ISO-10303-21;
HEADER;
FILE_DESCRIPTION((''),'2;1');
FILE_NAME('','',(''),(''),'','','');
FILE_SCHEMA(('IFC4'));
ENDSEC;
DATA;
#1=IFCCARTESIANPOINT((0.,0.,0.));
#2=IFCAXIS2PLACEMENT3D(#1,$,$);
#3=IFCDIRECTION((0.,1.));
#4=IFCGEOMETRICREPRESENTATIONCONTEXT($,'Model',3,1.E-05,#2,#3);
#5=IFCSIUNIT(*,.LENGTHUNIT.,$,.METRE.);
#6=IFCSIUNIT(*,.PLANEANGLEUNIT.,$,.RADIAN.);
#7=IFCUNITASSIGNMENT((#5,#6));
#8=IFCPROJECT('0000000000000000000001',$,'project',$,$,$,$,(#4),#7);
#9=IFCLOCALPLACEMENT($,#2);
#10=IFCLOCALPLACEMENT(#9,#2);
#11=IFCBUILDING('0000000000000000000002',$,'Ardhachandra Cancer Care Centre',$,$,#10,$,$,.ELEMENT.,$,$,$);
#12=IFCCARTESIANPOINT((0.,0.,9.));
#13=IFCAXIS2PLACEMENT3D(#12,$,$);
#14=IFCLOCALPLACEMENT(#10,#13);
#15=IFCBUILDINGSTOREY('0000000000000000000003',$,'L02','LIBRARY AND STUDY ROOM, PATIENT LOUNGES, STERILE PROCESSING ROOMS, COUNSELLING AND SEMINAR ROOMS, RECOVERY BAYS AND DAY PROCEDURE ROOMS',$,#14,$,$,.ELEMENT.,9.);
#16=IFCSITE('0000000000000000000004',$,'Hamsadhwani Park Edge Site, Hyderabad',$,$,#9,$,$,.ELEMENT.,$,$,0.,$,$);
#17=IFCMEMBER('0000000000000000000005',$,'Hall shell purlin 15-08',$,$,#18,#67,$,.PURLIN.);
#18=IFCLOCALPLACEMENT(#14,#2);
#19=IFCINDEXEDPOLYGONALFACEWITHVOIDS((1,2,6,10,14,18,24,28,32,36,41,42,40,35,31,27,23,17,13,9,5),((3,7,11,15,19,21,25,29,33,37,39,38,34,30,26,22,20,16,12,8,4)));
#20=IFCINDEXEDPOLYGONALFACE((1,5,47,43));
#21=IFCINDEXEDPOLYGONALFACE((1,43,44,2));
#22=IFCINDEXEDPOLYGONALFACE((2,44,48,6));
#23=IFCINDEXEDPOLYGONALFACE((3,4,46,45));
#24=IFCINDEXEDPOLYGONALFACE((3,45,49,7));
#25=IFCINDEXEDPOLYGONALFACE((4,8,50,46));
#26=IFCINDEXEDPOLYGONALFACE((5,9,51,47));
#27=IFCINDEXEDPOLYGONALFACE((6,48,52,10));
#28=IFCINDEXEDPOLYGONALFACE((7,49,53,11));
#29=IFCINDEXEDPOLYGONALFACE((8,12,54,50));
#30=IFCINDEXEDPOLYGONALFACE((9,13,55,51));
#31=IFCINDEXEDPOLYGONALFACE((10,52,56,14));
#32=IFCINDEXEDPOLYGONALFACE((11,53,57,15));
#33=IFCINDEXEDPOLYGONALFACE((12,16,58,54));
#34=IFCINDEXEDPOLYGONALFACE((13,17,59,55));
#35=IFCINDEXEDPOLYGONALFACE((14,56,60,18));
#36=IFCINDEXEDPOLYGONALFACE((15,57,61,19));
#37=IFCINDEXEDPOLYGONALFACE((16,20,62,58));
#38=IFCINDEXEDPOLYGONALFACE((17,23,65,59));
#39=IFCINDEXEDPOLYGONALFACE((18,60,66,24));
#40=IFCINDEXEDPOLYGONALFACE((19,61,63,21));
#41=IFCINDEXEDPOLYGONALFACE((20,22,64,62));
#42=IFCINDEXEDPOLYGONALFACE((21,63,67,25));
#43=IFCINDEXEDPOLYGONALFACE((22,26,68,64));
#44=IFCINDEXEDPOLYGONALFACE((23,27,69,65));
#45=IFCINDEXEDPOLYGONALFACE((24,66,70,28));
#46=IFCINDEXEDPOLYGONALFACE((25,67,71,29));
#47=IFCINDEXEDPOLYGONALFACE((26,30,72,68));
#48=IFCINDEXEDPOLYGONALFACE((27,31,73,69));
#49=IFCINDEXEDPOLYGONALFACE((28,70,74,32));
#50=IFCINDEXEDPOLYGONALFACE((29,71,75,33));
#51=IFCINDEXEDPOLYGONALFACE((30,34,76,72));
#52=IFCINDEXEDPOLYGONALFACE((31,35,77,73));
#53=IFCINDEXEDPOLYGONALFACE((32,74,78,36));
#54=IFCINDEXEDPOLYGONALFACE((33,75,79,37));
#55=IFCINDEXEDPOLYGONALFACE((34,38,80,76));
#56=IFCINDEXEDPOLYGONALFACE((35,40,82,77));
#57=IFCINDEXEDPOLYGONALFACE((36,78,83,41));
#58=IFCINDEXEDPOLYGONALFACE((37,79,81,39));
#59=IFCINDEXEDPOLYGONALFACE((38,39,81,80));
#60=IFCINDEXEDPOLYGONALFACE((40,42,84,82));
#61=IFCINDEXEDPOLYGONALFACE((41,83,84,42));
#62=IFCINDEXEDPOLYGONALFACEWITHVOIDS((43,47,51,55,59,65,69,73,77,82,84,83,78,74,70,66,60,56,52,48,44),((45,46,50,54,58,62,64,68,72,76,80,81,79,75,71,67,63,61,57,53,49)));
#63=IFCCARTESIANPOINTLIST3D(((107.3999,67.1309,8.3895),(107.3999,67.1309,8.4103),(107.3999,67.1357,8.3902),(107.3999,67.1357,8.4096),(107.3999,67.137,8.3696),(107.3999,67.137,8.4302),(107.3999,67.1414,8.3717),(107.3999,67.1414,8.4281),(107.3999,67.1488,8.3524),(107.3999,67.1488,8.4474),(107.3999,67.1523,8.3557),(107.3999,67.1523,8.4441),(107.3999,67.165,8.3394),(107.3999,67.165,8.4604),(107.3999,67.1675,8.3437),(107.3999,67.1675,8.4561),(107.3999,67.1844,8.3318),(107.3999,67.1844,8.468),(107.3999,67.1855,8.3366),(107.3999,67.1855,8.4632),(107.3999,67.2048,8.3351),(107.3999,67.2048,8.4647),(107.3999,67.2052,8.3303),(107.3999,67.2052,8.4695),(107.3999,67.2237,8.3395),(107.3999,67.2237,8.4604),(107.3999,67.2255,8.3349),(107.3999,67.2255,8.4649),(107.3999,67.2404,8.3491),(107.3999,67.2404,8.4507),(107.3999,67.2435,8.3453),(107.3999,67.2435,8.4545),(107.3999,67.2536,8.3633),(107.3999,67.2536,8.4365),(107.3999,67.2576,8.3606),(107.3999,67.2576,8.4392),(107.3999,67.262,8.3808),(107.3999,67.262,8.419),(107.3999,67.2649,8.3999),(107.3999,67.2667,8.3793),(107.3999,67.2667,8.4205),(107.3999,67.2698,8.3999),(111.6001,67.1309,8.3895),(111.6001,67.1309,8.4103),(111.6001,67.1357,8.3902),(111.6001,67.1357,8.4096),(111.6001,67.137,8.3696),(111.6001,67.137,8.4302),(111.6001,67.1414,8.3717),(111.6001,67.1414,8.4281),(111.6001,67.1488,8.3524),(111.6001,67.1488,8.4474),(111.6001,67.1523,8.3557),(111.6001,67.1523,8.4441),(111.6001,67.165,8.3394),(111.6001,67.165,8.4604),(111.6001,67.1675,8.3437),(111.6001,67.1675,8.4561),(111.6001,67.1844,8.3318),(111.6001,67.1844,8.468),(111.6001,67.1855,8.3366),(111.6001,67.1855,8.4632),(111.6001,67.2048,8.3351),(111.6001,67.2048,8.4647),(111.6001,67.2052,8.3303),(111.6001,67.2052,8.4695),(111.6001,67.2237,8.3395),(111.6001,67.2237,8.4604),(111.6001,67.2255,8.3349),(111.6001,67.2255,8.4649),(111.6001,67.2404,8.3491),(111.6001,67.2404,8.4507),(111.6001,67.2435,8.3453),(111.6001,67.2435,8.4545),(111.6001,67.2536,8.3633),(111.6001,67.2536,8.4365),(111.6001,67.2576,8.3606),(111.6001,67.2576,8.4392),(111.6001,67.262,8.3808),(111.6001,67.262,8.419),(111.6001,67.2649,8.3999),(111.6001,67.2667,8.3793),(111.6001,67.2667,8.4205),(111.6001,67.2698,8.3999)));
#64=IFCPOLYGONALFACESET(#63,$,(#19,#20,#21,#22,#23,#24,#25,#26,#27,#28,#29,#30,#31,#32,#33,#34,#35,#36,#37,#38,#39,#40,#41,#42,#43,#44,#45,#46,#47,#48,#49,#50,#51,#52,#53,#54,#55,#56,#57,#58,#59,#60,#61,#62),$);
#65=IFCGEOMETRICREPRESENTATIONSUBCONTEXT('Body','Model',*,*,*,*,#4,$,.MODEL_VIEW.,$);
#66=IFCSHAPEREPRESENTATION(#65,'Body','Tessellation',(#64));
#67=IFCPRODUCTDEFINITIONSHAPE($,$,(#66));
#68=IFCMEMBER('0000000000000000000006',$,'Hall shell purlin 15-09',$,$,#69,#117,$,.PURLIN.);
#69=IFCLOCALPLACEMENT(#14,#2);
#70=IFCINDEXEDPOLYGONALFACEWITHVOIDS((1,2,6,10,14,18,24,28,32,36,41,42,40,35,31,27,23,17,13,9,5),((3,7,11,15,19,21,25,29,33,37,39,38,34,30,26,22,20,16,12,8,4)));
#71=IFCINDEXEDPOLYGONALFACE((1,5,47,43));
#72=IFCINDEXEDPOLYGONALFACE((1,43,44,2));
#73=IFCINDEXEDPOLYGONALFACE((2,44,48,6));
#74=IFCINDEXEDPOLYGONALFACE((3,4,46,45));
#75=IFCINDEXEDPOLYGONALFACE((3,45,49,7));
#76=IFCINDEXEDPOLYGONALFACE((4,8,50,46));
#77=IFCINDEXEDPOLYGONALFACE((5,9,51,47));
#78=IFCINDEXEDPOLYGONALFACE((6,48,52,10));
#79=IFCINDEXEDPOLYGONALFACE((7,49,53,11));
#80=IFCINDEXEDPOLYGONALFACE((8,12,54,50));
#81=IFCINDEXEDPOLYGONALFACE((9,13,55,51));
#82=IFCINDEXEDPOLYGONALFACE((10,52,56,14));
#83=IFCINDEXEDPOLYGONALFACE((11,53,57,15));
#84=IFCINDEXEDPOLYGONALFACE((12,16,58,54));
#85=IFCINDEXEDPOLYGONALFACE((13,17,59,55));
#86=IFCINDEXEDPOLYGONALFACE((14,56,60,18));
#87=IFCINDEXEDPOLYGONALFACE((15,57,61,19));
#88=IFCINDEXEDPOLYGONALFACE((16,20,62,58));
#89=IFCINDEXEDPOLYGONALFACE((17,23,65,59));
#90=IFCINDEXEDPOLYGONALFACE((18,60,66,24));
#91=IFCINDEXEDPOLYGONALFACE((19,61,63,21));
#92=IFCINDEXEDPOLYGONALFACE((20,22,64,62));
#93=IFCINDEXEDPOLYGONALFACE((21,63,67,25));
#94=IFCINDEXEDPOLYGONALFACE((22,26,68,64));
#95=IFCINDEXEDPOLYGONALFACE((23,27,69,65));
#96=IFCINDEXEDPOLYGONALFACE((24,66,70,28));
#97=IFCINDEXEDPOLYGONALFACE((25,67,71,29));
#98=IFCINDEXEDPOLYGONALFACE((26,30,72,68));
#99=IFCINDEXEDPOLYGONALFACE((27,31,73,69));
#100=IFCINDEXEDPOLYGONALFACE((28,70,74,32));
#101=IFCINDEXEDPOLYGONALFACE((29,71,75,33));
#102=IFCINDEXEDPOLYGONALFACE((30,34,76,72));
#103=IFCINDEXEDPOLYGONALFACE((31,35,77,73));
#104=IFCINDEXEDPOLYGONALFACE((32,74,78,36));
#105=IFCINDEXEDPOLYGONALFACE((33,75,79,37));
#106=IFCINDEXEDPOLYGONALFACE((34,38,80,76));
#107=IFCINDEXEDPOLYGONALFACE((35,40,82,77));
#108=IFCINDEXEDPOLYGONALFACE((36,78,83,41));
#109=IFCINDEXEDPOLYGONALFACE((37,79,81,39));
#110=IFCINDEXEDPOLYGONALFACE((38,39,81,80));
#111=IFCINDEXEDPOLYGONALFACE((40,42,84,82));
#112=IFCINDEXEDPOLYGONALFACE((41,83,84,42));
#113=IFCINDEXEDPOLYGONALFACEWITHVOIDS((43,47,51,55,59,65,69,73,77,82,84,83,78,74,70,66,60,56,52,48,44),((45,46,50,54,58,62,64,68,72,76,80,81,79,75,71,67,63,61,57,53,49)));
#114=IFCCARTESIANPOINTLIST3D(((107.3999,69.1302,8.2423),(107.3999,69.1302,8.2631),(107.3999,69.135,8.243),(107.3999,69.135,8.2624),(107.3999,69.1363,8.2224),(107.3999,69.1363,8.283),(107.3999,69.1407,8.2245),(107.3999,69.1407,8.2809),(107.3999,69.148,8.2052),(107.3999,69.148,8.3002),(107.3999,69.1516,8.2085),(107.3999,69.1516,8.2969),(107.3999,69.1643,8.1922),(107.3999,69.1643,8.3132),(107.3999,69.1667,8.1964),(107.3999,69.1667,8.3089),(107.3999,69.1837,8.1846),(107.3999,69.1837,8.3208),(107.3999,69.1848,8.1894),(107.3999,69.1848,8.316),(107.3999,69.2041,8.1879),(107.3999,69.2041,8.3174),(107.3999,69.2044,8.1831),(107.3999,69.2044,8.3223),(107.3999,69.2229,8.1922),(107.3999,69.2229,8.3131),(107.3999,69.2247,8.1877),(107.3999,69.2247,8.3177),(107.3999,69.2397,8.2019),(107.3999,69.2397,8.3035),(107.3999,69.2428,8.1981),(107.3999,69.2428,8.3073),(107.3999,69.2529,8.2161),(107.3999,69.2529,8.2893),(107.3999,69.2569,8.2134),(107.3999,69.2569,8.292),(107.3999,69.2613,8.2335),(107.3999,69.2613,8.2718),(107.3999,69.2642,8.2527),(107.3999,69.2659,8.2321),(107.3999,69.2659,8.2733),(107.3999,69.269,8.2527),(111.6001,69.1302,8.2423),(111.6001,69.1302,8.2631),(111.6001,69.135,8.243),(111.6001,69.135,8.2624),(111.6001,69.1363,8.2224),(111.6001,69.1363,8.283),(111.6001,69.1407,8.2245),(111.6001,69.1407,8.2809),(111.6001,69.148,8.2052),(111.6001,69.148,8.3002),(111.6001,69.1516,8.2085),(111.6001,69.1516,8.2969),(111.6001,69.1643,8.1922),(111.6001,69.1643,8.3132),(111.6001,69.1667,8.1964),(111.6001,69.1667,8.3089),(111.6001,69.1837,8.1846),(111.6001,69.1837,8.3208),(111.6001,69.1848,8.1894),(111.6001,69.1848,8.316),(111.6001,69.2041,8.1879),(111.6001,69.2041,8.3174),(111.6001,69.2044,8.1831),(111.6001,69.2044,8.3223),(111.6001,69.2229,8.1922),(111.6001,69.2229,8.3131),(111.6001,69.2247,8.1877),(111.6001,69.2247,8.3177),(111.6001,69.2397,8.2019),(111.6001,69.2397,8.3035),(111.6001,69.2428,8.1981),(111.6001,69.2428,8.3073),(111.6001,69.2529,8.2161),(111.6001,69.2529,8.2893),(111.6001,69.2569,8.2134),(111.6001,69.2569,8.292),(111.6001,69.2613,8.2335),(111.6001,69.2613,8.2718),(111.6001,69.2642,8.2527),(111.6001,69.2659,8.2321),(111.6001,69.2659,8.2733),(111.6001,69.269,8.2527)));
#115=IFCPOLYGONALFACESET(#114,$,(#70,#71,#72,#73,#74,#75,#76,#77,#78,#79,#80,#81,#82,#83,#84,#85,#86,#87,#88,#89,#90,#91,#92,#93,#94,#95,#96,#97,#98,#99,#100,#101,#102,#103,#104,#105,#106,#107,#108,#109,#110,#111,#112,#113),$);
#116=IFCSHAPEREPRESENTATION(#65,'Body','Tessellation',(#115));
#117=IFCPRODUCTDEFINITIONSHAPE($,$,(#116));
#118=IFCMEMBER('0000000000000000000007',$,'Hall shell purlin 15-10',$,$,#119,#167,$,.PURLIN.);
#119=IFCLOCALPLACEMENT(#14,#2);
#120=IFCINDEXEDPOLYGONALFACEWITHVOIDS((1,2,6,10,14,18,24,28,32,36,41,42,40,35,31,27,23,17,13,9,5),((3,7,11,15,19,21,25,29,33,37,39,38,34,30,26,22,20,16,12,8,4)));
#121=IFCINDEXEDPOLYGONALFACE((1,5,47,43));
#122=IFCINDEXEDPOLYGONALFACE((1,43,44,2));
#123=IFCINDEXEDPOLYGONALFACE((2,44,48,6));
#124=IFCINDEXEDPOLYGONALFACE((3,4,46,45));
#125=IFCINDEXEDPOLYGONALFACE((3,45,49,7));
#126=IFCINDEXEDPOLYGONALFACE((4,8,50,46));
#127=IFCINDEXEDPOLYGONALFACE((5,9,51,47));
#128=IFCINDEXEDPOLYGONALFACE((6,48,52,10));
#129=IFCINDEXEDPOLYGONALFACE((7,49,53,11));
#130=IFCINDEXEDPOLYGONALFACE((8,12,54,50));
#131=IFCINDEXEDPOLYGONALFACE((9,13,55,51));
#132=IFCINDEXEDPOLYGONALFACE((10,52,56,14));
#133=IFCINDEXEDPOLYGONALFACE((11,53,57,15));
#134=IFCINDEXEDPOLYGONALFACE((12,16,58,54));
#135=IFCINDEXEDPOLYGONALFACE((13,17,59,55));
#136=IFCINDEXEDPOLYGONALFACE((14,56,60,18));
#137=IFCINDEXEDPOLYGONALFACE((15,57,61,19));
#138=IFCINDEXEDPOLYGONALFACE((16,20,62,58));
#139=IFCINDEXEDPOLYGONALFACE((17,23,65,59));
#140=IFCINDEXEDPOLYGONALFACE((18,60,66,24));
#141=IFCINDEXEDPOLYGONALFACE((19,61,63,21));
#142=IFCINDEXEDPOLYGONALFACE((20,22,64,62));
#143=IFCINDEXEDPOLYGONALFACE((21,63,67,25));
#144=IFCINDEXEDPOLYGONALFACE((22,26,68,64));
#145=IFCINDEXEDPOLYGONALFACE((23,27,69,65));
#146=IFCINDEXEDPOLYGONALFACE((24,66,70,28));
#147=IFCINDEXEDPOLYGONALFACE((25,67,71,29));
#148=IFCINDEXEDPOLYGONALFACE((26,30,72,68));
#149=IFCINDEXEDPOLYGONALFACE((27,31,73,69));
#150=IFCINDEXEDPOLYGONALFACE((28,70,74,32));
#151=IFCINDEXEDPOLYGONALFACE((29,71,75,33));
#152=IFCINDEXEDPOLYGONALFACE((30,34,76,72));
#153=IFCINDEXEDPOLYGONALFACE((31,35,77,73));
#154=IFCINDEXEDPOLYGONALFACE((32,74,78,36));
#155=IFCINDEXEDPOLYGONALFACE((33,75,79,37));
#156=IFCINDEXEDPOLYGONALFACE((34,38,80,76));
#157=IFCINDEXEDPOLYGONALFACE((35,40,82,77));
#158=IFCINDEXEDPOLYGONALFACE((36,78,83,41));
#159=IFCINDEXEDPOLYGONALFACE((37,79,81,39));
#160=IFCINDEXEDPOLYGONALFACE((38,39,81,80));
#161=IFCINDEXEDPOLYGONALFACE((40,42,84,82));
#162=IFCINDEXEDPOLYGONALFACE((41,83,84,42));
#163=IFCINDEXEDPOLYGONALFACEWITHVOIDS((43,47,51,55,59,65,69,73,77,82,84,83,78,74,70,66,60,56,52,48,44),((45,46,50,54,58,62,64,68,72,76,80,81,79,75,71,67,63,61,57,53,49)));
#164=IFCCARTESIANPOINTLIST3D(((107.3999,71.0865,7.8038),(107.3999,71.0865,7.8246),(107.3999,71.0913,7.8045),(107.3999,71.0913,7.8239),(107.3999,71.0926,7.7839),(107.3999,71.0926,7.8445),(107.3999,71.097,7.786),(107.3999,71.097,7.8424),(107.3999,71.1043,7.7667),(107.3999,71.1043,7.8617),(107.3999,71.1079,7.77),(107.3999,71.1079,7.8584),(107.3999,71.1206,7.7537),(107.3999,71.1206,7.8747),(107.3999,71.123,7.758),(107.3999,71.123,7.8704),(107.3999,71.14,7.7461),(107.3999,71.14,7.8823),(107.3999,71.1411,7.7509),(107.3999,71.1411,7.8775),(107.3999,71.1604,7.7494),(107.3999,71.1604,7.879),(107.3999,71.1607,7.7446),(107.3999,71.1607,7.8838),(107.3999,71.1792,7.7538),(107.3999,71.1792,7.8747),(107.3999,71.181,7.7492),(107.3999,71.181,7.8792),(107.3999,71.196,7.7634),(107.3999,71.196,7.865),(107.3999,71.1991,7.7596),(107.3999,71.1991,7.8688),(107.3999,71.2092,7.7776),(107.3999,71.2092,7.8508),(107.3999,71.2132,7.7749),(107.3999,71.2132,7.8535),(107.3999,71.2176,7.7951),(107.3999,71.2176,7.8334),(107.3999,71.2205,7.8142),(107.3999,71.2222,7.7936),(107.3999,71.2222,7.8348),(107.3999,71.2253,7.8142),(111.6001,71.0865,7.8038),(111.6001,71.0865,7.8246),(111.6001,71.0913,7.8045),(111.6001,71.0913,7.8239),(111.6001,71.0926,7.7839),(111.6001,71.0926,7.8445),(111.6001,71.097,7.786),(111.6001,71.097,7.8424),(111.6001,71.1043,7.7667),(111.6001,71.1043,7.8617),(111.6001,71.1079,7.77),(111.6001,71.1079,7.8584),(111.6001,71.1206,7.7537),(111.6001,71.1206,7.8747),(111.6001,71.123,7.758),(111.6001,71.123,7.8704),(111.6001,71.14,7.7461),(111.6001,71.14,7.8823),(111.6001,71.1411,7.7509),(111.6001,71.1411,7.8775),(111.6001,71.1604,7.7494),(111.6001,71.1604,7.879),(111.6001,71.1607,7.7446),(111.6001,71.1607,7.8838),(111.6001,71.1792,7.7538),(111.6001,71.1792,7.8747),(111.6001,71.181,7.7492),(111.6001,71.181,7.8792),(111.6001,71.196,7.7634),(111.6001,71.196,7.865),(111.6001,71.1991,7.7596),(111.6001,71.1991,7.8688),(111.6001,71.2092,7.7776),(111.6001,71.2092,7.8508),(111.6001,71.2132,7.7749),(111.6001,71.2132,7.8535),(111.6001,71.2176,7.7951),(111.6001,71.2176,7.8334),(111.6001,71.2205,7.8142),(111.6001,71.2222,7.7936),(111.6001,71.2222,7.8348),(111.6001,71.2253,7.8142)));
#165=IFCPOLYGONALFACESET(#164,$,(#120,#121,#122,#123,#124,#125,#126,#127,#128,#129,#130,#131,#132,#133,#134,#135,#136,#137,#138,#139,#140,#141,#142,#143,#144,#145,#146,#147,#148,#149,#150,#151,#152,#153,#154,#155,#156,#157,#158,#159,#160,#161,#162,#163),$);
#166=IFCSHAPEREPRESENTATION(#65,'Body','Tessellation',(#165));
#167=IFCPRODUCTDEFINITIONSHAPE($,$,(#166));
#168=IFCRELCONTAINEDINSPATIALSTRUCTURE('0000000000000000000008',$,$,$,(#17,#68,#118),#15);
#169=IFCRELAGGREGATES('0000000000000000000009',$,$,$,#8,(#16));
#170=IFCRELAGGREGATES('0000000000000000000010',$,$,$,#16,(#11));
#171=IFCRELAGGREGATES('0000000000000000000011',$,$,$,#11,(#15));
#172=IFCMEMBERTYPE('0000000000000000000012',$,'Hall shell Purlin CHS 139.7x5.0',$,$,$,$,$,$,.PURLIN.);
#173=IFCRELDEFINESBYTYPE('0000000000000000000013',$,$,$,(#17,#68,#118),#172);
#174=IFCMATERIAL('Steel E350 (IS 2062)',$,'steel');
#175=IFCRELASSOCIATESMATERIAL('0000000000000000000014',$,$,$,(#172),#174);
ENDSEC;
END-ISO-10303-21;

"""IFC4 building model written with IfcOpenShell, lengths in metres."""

from ifc_helpers import new_model, si_unit, direction, frame, origin, origin_2d, place, context, subcontext, project, spatial, hollow_circle, extrude, material, material_profile, profile_set, type_object, element, save


model = new_model("IFC4")

# Units and contexts
model_context = context("Model", 3, precision=1e-05, world=origin(), true_north=direction((0.0, 1.0)))
body_context = subcontext(model_context, "Body", "Model", "MODEL_VIEW")
ifc_project = project(units=[si_unit("LENGTHUNIT", "METRE"), si_unit("PLANEANGLEUNIT", "RADIAN")], contexts=[model_context])

# Site, building, storey
site_placement = place(None, origin())
site = spatial("IfcSite", under=ifc_project, at=site_placement, Name="Hamsadhwani Park Edge Site, Hyderabad", CompositionType="ELEMENT", RefElevation=0.0)
building_placement = place(site_placement, origin())
building = spatial("IfcBuilding", under=site, at=building_placement, Name="Ardhachandra Cancer Care Centre", CompositionType="ELEMENT")
storey_placement = place(building_placement, frame((0.0, 0.0, 9.0)))
storey = spatial("IfcBuildingStorey", under=building, at=storey_placement, Name="L02", Description="LIBRARY AND STUDY ROOM, PATIENT LOUNGES, STERILE PROCESSING ROOMS, COUNSELLING AND SEMINAR ROOMS, RECOVERY BAYS AND DAY PROCEDURE ROOMS", CompositionType="ELEMENT", Elevation=9.0)

# Members
ifc_material_1 = material(Name="Steel E350 (IS 2062)", Category="steel")
ifc_material_profile_1 = material_profile(ifc_material_1, hollow_circle(Radius=0.0698, WallThickness=0.0049, at=origin_2d()), Name="CHS 139.7x5.0")
ifc_profile_set_1 = profile_set([ifc_material_profile_1], Name="Steel E350 (IS 2062)")
member_type_1 = type_object("IfcMemberType", Name="Hall shell Purlin CHS 139.7x5.0", PredefinedType="PURLIN", material=ifc_profile_set_1)
for number, where, z_axis, x_axis, name in (
    (1, (107.3999, 67.2, 8.3999), (1.0, 0.0, 0.0), (0.0, 1.0, 0.0), "Hall shell purlin 15-08"),
    (2, (107.3999, 69.1992, 8.2527), (1.0, 0.0, 0.0), (0.0, 1.0, 0.0), "Hall shell purlin 15-09"),
    (3, (107.3999, 71.1555, 7.8142), (1.0, 0.0, 0.0), (0.0, 1.0, 0.0), "Hall shell purlin 15-10"),
):
    element("IfcMember", number, at=place(storey_placement, frame(where, z_axis=z_axis, x_axis=x_axis)), inside=storey, type_object=member_type_1, Name=name, PredefinedType="PURLIN", context=body_context, shape_type="SweptSolid", body=[
        extrude(hollow_circle(Radius=0.0698, WallThickness=0.0049, at=origin_2d()), origin(), (0.0, 0.0, 1.0), 4.2002),
    ])

save(model, "model.ifc")
